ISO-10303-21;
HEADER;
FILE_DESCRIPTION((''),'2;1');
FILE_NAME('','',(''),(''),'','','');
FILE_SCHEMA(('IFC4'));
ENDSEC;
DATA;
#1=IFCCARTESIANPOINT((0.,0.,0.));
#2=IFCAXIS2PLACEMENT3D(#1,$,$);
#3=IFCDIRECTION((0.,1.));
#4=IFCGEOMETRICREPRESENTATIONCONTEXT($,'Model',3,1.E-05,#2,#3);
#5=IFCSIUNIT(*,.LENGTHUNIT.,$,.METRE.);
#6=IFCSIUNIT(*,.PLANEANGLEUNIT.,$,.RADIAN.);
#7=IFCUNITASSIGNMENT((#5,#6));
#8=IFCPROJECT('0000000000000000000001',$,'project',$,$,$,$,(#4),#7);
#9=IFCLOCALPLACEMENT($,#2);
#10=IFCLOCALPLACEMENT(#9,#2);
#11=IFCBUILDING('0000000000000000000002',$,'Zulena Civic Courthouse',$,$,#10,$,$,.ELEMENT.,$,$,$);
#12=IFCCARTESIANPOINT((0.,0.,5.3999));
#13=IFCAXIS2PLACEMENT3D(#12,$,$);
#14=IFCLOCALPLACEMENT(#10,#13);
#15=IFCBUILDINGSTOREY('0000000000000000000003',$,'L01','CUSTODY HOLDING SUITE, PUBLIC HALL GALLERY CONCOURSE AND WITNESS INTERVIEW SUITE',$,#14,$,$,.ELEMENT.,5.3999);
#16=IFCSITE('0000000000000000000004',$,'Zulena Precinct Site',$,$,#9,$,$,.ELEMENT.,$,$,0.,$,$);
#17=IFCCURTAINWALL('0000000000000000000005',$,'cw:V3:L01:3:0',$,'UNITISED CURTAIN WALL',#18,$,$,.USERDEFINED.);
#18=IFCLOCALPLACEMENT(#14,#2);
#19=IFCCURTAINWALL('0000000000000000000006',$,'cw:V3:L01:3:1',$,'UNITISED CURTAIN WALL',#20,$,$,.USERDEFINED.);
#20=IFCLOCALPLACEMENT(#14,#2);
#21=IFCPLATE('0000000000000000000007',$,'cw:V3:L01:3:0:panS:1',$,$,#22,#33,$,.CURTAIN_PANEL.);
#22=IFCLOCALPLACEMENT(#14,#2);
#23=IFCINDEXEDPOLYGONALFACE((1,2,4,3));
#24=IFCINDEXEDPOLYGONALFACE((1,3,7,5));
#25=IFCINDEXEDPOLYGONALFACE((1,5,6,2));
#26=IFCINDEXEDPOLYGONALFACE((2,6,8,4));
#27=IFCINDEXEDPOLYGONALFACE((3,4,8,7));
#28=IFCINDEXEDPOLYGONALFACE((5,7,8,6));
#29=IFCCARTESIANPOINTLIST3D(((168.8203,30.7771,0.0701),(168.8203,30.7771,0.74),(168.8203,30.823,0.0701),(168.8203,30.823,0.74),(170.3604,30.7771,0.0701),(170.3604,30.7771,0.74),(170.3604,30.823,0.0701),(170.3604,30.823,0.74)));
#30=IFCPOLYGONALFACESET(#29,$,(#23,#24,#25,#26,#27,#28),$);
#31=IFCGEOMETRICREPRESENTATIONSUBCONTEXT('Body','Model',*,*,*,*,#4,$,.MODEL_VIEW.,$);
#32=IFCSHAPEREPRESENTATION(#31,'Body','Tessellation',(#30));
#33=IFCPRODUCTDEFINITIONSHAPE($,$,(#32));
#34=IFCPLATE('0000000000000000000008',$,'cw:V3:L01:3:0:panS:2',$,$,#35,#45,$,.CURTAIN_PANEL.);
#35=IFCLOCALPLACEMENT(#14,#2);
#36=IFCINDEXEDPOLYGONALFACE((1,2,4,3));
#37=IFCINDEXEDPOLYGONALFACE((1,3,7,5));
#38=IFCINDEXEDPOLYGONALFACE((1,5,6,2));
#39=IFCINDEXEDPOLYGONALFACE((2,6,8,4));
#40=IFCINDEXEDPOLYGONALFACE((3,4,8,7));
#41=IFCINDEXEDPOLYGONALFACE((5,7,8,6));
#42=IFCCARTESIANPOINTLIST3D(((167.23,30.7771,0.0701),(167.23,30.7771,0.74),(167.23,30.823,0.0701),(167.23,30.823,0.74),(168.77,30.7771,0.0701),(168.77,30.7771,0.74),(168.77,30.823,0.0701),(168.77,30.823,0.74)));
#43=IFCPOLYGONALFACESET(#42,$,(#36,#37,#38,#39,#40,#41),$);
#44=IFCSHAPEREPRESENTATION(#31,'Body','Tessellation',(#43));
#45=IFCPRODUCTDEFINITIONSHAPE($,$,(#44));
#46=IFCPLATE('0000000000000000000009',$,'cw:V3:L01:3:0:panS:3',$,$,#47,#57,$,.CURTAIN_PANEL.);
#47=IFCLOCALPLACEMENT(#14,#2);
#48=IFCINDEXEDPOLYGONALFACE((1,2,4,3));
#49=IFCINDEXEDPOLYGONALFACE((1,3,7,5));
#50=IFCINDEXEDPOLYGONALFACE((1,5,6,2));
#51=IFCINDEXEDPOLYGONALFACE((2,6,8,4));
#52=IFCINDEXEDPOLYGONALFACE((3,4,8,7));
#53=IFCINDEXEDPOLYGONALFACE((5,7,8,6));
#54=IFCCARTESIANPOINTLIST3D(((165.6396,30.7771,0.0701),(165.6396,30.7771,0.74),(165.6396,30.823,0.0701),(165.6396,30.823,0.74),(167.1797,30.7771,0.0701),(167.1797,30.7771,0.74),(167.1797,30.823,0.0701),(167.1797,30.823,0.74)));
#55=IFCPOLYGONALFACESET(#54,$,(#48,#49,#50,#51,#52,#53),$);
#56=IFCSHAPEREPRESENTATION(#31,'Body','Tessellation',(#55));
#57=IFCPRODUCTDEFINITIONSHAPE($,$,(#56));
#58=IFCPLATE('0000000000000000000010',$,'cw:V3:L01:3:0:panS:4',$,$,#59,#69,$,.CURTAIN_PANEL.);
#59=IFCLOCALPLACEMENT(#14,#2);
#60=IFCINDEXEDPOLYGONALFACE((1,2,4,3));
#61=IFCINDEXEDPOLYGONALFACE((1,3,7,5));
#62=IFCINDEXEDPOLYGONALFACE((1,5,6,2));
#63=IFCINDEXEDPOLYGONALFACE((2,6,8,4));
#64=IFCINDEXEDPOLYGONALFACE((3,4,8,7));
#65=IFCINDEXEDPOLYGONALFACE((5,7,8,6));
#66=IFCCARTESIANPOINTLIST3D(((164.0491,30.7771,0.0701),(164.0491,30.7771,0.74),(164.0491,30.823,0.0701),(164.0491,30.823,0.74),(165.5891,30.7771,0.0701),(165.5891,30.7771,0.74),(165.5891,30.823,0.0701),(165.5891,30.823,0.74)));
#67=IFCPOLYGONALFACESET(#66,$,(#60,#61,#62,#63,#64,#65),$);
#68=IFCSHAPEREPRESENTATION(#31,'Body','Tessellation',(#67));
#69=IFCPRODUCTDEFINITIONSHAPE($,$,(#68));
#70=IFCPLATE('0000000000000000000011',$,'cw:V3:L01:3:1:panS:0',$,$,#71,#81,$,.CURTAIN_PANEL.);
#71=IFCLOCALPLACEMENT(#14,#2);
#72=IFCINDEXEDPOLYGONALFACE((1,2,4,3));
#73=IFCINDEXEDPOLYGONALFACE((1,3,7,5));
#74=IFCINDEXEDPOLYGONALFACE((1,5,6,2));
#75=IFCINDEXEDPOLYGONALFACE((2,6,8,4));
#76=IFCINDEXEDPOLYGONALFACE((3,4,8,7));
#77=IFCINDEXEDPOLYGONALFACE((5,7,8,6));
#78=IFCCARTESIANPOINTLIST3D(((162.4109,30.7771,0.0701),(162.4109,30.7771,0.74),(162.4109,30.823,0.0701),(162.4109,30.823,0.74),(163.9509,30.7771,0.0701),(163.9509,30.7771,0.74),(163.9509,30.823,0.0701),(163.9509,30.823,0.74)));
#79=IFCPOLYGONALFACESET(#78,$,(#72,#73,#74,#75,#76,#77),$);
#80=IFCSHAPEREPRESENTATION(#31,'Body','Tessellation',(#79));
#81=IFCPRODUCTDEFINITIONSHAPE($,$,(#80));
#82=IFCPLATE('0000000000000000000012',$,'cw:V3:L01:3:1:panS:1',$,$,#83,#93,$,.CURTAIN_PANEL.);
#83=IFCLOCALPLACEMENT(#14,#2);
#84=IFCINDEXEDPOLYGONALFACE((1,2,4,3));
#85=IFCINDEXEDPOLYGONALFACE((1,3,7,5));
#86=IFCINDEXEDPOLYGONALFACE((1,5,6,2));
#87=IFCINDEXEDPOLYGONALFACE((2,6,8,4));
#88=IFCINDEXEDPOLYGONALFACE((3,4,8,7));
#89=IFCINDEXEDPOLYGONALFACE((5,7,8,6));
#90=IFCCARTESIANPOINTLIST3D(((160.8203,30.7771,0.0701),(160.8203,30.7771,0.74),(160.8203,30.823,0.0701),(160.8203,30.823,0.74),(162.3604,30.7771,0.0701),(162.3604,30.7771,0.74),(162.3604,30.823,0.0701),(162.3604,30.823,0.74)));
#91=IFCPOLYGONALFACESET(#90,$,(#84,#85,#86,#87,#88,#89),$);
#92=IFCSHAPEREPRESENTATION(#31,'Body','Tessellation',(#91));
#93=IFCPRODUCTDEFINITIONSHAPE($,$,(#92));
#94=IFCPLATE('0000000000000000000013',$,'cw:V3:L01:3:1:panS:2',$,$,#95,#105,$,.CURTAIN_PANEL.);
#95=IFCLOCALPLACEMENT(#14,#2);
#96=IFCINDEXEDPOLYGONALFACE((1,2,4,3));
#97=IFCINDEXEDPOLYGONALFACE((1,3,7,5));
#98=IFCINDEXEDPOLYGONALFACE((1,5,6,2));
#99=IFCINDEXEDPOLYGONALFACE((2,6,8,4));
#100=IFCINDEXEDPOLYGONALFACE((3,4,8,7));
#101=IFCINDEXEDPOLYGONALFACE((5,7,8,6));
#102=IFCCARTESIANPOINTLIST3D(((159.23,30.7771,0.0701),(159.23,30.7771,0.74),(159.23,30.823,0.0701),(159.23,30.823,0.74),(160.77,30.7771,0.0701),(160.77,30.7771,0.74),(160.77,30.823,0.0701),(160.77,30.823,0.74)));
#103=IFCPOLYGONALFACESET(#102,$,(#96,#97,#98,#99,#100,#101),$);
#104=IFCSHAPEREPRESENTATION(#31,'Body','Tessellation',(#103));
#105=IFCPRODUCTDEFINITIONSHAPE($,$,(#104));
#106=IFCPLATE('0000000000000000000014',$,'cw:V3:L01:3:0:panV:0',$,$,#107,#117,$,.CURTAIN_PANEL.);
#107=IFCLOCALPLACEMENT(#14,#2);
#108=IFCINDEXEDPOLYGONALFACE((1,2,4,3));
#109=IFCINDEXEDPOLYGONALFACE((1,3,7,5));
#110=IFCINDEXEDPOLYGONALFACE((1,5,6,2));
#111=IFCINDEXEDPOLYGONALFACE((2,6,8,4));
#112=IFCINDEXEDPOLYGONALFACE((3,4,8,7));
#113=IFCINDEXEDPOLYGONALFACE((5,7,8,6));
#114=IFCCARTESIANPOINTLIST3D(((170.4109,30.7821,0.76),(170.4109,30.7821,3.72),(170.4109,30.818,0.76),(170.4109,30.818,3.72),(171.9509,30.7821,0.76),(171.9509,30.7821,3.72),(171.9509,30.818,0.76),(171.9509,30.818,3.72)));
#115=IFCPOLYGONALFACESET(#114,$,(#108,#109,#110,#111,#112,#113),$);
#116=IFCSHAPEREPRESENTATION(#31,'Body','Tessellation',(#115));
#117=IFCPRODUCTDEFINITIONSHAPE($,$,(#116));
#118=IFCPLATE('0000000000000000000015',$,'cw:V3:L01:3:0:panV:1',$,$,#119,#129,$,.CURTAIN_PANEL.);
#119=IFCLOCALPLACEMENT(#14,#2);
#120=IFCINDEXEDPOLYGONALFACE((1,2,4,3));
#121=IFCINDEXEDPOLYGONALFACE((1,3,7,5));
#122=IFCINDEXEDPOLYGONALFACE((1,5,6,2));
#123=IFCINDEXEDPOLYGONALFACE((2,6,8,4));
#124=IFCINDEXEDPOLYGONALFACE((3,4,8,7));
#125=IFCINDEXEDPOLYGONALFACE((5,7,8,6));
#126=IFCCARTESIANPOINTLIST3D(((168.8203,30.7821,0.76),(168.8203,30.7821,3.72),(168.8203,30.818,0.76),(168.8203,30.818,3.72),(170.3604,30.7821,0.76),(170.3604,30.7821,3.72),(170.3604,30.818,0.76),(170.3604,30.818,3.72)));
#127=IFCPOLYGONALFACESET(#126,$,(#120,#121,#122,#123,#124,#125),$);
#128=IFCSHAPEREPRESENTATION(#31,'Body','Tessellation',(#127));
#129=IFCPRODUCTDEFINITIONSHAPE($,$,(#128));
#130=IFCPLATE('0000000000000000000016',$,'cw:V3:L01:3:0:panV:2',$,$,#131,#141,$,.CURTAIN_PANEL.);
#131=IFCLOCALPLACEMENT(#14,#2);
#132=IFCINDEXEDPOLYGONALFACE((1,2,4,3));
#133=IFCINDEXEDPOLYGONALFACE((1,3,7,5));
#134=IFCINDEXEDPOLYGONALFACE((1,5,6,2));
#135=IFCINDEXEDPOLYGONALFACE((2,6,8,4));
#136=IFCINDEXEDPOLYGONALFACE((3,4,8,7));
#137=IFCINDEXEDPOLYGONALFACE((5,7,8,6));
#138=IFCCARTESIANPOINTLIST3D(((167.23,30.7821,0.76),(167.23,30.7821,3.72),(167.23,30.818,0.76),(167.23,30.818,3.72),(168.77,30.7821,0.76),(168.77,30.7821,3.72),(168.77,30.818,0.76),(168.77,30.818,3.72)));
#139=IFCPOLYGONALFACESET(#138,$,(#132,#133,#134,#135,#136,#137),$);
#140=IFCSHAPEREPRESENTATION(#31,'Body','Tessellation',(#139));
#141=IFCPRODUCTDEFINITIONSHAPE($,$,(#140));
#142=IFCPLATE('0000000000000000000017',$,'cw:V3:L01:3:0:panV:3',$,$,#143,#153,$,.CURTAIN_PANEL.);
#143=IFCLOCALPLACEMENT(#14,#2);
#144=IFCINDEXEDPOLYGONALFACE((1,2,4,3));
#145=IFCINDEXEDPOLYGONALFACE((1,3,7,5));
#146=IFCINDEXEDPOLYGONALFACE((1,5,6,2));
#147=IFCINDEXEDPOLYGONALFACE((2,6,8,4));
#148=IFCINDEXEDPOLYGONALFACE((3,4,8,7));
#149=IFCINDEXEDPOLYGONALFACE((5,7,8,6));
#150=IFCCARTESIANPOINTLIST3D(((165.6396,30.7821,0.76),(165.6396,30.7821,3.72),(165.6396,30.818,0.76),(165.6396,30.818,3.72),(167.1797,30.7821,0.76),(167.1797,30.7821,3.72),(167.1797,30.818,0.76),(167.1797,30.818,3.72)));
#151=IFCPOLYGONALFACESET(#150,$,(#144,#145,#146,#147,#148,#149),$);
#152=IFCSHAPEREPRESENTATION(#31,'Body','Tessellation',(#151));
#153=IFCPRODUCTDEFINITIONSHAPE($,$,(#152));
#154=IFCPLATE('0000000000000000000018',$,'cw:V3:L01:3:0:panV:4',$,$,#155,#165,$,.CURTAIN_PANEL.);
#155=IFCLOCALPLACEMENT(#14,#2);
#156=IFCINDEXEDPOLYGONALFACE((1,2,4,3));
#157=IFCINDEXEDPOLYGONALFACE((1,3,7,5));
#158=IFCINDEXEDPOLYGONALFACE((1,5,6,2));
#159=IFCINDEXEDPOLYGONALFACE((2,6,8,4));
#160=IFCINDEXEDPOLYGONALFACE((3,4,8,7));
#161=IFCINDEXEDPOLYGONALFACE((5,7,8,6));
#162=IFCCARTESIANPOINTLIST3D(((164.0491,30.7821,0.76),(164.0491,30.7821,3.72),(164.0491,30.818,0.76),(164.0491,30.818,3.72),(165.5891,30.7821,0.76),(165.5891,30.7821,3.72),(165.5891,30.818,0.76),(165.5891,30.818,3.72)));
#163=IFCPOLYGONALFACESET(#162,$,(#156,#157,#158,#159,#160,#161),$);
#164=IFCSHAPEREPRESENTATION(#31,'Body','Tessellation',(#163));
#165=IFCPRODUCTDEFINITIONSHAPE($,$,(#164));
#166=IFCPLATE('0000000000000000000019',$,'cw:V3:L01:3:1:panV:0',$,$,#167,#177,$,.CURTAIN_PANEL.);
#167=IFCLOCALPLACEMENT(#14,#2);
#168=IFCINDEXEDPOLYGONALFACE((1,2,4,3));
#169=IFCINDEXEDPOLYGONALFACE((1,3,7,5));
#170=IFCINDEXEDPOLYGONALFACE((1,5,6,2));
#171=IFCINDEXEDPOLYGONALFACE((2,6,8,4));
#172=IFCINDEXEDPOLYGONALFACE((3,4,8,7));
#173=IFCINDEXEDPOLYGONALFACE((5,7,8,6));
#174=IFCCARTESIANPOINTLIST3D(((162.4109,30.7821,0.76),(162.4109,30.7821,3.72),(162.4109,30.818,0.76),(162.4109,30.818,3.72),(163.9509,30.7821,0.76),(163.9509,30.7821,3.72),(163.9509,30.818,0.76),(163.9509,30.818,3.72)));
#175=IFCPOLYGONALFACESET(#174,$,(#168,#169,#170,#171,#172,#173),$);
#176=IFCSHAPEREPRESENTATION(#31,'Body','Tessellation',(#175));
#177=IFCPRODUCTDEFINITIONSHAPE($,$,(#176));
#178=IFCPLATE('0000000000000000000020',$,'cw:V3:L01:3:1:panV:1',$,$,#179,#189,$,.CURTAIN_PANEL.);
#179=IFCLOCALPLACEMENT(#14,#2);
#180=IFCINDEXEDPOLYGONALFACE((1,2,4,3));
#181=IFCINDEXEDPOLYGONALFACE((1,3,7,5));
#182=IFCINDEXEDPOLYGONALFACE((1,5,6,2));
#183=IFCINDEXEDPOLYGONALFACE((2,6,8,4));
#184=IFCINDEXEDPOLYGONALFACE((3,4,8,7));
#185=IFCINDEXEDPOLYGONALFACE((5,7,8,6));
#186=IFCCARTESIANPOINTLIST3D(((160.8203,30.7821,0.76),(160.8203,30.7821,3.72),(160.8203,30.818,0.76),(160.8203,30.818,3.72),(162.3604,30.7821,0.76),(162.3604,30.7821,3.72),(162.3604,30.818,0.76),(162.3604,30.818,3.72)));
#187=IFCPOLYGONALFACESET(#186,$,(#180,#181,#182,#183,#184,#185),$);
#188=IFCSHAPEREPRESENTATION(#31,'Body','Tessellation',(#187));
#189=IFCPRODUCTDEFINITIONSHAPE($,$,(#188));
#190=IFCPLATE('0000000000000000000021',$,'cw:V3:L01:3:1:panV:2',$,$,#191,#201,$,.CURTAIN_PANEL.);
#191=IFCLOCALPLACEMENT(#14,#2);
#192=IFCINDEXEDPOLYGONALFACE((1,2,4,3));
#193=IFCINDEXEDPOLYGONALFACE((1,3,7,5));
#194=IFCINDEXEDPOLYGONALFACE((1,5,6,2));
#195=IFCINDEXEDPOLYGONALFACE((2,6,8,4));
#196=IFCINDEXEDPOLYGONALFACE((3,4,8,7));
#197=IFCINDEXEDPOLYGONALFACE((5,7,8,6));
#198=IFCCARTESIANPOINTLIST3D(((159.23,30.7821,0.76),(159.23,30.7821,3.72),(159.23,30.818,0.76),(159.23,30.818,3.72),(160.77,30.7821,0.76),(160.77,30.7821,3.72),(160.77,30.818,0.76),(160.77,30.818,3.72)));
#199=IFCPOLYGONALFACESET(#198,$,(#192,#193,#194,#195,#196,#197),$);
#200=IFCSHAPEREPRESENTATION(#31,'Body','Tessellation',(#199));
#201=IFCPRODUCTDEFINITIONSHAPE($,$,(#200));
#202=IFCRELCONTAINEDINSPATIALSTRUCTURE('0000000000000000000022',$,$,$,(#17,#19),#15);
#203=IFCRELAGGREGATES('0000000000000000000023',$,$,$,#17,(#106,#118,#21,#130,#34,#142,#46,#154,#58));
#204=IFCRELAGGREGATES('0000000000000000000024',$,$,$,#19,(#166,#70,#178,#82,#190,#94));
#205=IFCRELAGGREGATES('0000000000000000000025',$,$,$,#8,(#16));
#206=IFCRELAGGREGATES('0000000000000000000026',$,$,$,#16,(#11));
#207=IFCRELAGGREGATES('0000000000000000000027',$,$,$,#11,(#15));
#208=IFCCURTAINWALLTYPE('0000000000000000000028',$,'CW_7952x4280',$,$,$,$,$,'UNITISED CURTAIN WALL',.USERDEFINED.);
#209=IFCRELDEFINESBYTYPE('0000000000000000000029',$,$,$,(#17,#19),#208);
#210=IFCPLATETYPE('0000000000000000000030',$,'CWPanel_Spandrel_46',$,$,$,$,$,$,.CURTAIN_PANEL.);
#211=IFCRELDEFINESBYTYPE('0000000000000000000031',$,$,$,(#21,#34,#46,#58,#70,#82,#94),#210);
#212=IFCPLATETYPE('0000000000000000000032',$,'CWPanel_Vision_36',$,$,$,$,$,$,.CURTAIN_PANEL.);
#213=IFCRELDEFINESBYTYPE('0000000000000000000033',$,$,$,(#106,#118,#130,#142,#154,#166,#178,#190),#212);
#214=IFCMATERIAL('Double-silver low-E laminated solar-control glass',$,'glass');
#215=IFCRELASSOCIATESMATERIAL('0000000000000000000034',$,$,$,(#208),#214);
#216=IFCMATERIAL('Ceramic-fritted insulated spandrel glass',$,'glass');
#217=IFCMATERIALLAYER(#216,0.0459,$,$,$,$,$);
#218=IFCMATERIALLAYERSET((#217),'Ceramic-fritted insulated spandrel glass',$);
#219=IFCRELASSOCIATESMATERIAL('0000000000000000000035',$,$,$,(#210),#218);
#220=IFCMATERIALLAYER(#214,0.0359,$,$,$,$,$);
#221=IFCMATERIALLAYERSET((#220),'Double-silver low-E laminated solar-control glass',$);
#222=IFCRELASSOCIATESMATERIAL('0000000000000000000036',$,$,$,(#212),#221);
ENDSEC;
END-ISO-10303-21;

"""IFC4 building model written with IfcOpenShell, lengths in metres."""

from ifc_helpers import new_model, si_unit, direction, frame, origin, origin_2d, place, context, subcontext, project, spatial, rectangle, extrude, material, layer, layer_set, type_object, element, aggregate, save


model = new_model("IFC4")

# Units and contexts
model_context = context("Model", 3, precision=1e-05, world=origin(), true_north=direction((0.0, 1.0)))
body_context = subcontext(model_context, "Body", "Model", "MODEL_VIEW")
ifc_project = project(units=[si_unit("LENGTHUNIT", "METRE"), si_unit("PLANEANGLEUNIT", "RADIAN")], contexts=[model_context])

# Site, building, storey
site_placement = place(None, origin())
site = spatial("IfcSite", under=ifc_project, at=site_placement, Name="Zulena Precinct Site", CompositionType="ELEMENT", RefElevation=0.0)
building_placement = place(site_placement, origin())
building = spatial("IfcBuilding", under=site, at=building_placement, Name="Zulena Civic Courthouse", CompositionType="ELEMENT")
storey_placement = place(building_placement, frame((0.0, 0.0, 5.3999)))
storey = spatial("IfcBuildingStorey", under=building, at=storey_placement, Name="L01", Description="CUSTODY HOLDING SUITE, PUBLIC HALL GALLERY CONCOURSE AND WITNESS INTERVIEW SUITE", CompositionType="ELEMENT", Elevation=5.3999)

# Curtain walls
ifc_material_1 = material(Name="Double-silver low-E laminated solar-control glass", Category="glass")
curtain_wall_type = type_object("IfcCurtainWallType", Name="CW_7952x4280", ElementType="UNITISED CURTAIN WALL", PredefinedType="USERDEFINED", material=ifc_material_1)
curtain_wall_1_placement = place(storey_placement, origin())
curtain_wall_1 = element("IfcCurtainWall", 1, at=curtain_wall_1_placement, inside=storey, type_object=curtain_wall_type, Name="cw:V3:L01:3:0", ObjectType="UNITISED CURTAIN WALL", PredefinedType="USERDEFINED")
curtain_wall_2_placement = place(storey_placement, origin())
curtain_wall_2 = element("IfcCurtainWall", 2, at=curtain_wall_2_placement, inside=storey, type_object=curtain_wall_type, Name="cw:V3:L01:3:1", ObjectType="UNITISED CURTAIN WALL", PredefinedType="USERDEFINED")

# Plates
ifc_material_2 = material(Name="Ceramic-fritted insulated spandrel glass", Category="glass")
ifc_layer_1 = layer(ifc_material_2, 0.0459)
ifc_layer_set_1 = layer_set([ifc_layer_1], Name="Ceramic-fritted insulated spandrel glass")
plate_type_1 = type_object("IfcPlateType", Name="CWPanel_Spandrel_46", PredefinedType="CURTAIN_PANEL", material=ifc_layer_set_1)
plate_1_placement = place(storey_placement, frame((169.5903, 30.8, 0.0701), z_axis=(0.0, 0.0, 1.0), x_axis=(-1.0, 0.0, 0.0)))
plate_1 = element("IfcPlate", 3, at=plate_1_placement, type_object=plate_type_1, Name="cw:V3:L01:3:0:panS:1", PredefinedType="CURTAIN_PANEL", context=body_context, shape_type="SweptSolid", body=[
    extrude(rectangle(XDim=1.54, YDim=0.0459, at=origin_2d()), origin(), (0.0, 0.0, 1.0), 0.6699),
])
plate_2_placement = place(storey_placement, frame((168.0, 30.8, 0.0701), z_axis=(0.0, 0.0, 1.0), x_axis=(-1.0, 0.0, 0.0)))
plate_2 = element("IfcPlate", 4, at=plate_2_placement, type_object=plate_type_1, Name="cw:V3:L01:3:0:panS:2", PredefinedType="CURTAIN_PANEL", context=body_context, shape_type="SweptSolid", body=[
    extrude(rectangle(XDim=1.54, YDim=0.0459, at=origin_2d()), origin(), (0.0, 0.0, 1.0), 0.6699),
])
plate_3_placement = place(storey_placement, frame((166.4097, 30.8, 0.0701), z_axis=(0.0, 0.0, 1.0), x_axis=(-1.0, 0.0, 0.0)))
plate_3 = element("IfcPlate", 5, at=plate_3_placement, type_object=plate_type_1, Name="cw:V3:L01:3:0:panS:3", PredefinedType="CURTAIN_PANEL", context=body_context, shape_type="SweptSolid", body=[
    extrude(rectangle(XDim=1.54, YDim=0.0459, at=origin_2d()), origin(), (0.0, 0.0, 1.0), 0.6699),
])
plate_4_placement = place(storey_placement, frame((164.8191, 30.8, 0.0701), z_axis=(0.0, 0.0, 1.0), x_axis=(-1.0, 0.0, 0.0)))
plate_4 = element("IfcPlate", 6, at=plate_4_placement, type_object=plate_type_1, Name="cw:V3:L01:3:0:panS:4", PredefinedType="CURTAIN_PANEL", context=body_context, shape_type="SweptSolid", body=[
    extrude(rectangle(XDim=1.54, YDim=0.0459, at=origin_2d()), origin(), (0.0, 0.0, 1.0), 0.6699),
])
plate_5_placement = place(storey_placement, frame((163.1809, 30.8, 0.0701), z_axis=(0.0, 0.0, 1.0), x_axis=(-1.0, 0.0, 0.0)))
plate_5 = element("IfcPlate", 7, at=plate_5_placement, type_object=plate_type_1, Name="cw:V3:L01:3:1:panS:0", PredefinedType="CURTAIN_PANEL", context=body_context, shape_type="SweptSolid", body=[
    extrude(rectangle(XDim=1.54, YDim=0.0459, at=origin_2d()), origin(), (0.0, 0.0, 1.0), 0.6699),
])
plate_6_placement = place(storey_placement, frame((161.5903, 30.8, 0.0701), z_axis=(0.0, 0.0, 1.0), x_axis=(-1.0, 0.0, 0.0)))
plate_6 = element("IfcPlate", 8, at=plate_6_placement, type_object=plate_type_1, Name="cw:V3:L01:3:1:panS:1", PredefinedType="CURTAIN_PANEL", context=body_context, shape_type="SweptSolid", body=[
    extrude(rectangle(XDim=1.54, YDim=0.0459, at=origin_2d()), origin(), (0.0, 0.0, 1.0), 0.6699),
])
plate_7_placement = place(storey_placement, frame((160.0, 30.8, 0.0701), z_axis=(0.0, 0.0, 1.0), x_axis=(-1.0, 0.0, 0.0)))
plate_7 = element("IfcPlate", 9, at=plate_7_placement, type_object=plate_type_1, Name="cw:V3:L01:3:1:panS:2", PredefinedType="CURTAIN_PANEL", context=body_context, shape_type="SweptSolid", body=[
    extrude(rectangle(XDim=1.54, YDim=0.0459, at=origin_2d()), origin(), (0.0, 0.0, 1.0), 0.6699),
])
ifc_layer_2 = layer(ifc_material_1, 0.0359)
ifc_layer_set_2 = layer_set([ifc_layer_2], Name="Double-silver low-E laminated solar-control glass")
plate_type_2 = type_object("IfcPlateType", Name="CWPanel_Vision_36", PredefinedType="CURTAIN_PANEL", material=ifc_layer_set_2)
plate_8_placement = place(storey_placement, frame((171.1809, 30.8, 0.76), z_axis=(0.0, 0.0, 1.0), x_axis=(-1.0, 0.0, 0.0)))
plate_8 = element("IfcPlate", 10, at=plate_8_placement, type_object=plate_type_2, Name="cw:V3:L01:3:0:panV:0", PredefinedType="CURTAIN_PANEL", context=body_context, shape_type="SweptSolid", body=[
    extrude(rectangle(XDim=1.54, YDim=0.0359, at=origin_2d()), origin(), (0.0, 0.0, 1.0), 2.96),
])
plate_9_placement = place(storey_placement, frame((169.5903, 30.8, 0.76), z_axis=(0.0, 0.0, 1.0), x_axis=(-1.0, 0.0, 0.0)))
plate_9 = element("IfcPlate", 11, at=plate_9_placement, type_object=plate_type_2, Name="cw:V3:L01:3:0:panV:1", PredefinedType="CURTAIN_PANEL", context=body_context, shape_type="SweptSolid", body=[
    extrude(rectangle(XDim=1.54, YDim=0.0359, at=origin_2d()), origin(), (0.0, 0.0, 1.0), 2.96),
])
plate_10_placement = place(storey_placement, frame((168.0, 30.8, 0.76), z_axis=(0.0, 0.0, 1.0), x_axis=(-1.0, 0.0, 0.0)))
plate_10 = element("IfcPlate", 12, at=plate_10_placement, type_object=plate_type_2, Name="cw:V3:L01:3:0:panV:2", PredefinedType="CURTAIN_PANEL", context=body_context, shape_type="SweptSolid", body=[
    extrude(rectangle(XDim=1.54, YDim=0.0359, at=origin_2d()), origin(), (0.0, 0.0, 1.0), 2.96),
])
plate_11_placement = place(storey_placement, frame((166.4097, 30.8, 0.76), z_axis=(0.0, 0.0, 1.0), x_axis=(-1.0, 0.0, 0.0)))
plate_11 = element("IfcPlate", 13, at=plate_11_placement, type_object=plate_type_2, Name="cw:V3:L01:3:0:panV:3", PredefinedType="CURTAIN_PANEL", context=body_context, shape_type="SweptSolid", body=[
    extrude(rectangle(XDim=1.54, YDim=0.0359, at=origin_2d()), origin(), (0.0, 0.0, 1.0), 2.96),
])
plate_12_placement = place(storey_placement, frame((164.8191, 30.8, 0.76), z_axis=(0.0, 0.0, 1.0), x_axis=(-1.0, 0.0, 0.0)))
plate_12 = element("IfcPlate", 14, at=plate_12_placement, type_object=plate_type_2, Name="cw:V3:L01:3:0:panV:4", PredefinedType="CURTAIN_PANEL", context=body_context, shape_type="SweptSolid", body=[
    extrude(rectangle(XDim=1.54, YDim=0.0359, at=origin_2d()), origin(), (0.0, 0.0, 1.0), 2.96),
])
aggregate(curtain_wall_1, [plate_8, plate_9, plate_1, plate_10, plate_2, plate_11, plate_3, plate_12, plate_4])
plate_13_placement = place(storey_placement, frame((163.1809, 30.8, 0.76), z_axis=(0.0, 0.0, 1.0), x_axis=(-1.0, 0.0, 0.0)))
plate_13 = element("IfcPlate", 15, at=plate_13_placement, type_object=plate_type_2, Name="cw:V3:L01:3:1:panV:0", PredefinedType="CURTAIN_PANEL", context=body_context, shape_type="SweptSolid", body=[
    extrude(rectangle(XDim=1.54, YDim=0.0359, at=origin_2d()), origin(), (0.0, 0.0, 1.0), 2.96),
])
plate_14_placement = place(storey_placement, frame((161.5903, 30.8, 0.76), z_axis=(0.0, 0.0, 1.0), x_axis=(-1.0, 0.0, 0.0)))
plate_14 = element("IfcPlate", 16, at=plate_14_placement, type_object=plate_type_2, Name="cw:V3:L01:3:1:panV:1", PredefinedType="CURTAIN_PANEL", context=body_context, shape_type="SweptSolid", body=[
    extrude(rectangle(XDim=1.54, YDim=0.0359, at=origin_2d()), origin(), (0.0, 0.0, 1.0), 2.96),
])
plate_15_placement = place(storey_placement, frame((160.0, 30.8, 0.76), z_axis=(0.0, 0.0, 1.0), x_axis=(-1.0, 0.0, 0.0)))
plate_15 = element("IfcPlate", 17, at=plate_15_placement, type_object=plate_type_2, Name="cw:V3:L01:3:1:panV:2", PredefinedType="CURTAIN_PANEL", context=body_context, shape_type="SweptSolid", body=[
    extrude(rectangle(XDim=1.54, YDim=0.0359, at=origin_2d()), origin(), (0.0, 0.0, 1.0), 2.96),
])
aggregate(curtain_wall_2, [plate_13, plate_5, plate_14, plate_6, plate_15, plate_7])

save(model, "model.ifc")
